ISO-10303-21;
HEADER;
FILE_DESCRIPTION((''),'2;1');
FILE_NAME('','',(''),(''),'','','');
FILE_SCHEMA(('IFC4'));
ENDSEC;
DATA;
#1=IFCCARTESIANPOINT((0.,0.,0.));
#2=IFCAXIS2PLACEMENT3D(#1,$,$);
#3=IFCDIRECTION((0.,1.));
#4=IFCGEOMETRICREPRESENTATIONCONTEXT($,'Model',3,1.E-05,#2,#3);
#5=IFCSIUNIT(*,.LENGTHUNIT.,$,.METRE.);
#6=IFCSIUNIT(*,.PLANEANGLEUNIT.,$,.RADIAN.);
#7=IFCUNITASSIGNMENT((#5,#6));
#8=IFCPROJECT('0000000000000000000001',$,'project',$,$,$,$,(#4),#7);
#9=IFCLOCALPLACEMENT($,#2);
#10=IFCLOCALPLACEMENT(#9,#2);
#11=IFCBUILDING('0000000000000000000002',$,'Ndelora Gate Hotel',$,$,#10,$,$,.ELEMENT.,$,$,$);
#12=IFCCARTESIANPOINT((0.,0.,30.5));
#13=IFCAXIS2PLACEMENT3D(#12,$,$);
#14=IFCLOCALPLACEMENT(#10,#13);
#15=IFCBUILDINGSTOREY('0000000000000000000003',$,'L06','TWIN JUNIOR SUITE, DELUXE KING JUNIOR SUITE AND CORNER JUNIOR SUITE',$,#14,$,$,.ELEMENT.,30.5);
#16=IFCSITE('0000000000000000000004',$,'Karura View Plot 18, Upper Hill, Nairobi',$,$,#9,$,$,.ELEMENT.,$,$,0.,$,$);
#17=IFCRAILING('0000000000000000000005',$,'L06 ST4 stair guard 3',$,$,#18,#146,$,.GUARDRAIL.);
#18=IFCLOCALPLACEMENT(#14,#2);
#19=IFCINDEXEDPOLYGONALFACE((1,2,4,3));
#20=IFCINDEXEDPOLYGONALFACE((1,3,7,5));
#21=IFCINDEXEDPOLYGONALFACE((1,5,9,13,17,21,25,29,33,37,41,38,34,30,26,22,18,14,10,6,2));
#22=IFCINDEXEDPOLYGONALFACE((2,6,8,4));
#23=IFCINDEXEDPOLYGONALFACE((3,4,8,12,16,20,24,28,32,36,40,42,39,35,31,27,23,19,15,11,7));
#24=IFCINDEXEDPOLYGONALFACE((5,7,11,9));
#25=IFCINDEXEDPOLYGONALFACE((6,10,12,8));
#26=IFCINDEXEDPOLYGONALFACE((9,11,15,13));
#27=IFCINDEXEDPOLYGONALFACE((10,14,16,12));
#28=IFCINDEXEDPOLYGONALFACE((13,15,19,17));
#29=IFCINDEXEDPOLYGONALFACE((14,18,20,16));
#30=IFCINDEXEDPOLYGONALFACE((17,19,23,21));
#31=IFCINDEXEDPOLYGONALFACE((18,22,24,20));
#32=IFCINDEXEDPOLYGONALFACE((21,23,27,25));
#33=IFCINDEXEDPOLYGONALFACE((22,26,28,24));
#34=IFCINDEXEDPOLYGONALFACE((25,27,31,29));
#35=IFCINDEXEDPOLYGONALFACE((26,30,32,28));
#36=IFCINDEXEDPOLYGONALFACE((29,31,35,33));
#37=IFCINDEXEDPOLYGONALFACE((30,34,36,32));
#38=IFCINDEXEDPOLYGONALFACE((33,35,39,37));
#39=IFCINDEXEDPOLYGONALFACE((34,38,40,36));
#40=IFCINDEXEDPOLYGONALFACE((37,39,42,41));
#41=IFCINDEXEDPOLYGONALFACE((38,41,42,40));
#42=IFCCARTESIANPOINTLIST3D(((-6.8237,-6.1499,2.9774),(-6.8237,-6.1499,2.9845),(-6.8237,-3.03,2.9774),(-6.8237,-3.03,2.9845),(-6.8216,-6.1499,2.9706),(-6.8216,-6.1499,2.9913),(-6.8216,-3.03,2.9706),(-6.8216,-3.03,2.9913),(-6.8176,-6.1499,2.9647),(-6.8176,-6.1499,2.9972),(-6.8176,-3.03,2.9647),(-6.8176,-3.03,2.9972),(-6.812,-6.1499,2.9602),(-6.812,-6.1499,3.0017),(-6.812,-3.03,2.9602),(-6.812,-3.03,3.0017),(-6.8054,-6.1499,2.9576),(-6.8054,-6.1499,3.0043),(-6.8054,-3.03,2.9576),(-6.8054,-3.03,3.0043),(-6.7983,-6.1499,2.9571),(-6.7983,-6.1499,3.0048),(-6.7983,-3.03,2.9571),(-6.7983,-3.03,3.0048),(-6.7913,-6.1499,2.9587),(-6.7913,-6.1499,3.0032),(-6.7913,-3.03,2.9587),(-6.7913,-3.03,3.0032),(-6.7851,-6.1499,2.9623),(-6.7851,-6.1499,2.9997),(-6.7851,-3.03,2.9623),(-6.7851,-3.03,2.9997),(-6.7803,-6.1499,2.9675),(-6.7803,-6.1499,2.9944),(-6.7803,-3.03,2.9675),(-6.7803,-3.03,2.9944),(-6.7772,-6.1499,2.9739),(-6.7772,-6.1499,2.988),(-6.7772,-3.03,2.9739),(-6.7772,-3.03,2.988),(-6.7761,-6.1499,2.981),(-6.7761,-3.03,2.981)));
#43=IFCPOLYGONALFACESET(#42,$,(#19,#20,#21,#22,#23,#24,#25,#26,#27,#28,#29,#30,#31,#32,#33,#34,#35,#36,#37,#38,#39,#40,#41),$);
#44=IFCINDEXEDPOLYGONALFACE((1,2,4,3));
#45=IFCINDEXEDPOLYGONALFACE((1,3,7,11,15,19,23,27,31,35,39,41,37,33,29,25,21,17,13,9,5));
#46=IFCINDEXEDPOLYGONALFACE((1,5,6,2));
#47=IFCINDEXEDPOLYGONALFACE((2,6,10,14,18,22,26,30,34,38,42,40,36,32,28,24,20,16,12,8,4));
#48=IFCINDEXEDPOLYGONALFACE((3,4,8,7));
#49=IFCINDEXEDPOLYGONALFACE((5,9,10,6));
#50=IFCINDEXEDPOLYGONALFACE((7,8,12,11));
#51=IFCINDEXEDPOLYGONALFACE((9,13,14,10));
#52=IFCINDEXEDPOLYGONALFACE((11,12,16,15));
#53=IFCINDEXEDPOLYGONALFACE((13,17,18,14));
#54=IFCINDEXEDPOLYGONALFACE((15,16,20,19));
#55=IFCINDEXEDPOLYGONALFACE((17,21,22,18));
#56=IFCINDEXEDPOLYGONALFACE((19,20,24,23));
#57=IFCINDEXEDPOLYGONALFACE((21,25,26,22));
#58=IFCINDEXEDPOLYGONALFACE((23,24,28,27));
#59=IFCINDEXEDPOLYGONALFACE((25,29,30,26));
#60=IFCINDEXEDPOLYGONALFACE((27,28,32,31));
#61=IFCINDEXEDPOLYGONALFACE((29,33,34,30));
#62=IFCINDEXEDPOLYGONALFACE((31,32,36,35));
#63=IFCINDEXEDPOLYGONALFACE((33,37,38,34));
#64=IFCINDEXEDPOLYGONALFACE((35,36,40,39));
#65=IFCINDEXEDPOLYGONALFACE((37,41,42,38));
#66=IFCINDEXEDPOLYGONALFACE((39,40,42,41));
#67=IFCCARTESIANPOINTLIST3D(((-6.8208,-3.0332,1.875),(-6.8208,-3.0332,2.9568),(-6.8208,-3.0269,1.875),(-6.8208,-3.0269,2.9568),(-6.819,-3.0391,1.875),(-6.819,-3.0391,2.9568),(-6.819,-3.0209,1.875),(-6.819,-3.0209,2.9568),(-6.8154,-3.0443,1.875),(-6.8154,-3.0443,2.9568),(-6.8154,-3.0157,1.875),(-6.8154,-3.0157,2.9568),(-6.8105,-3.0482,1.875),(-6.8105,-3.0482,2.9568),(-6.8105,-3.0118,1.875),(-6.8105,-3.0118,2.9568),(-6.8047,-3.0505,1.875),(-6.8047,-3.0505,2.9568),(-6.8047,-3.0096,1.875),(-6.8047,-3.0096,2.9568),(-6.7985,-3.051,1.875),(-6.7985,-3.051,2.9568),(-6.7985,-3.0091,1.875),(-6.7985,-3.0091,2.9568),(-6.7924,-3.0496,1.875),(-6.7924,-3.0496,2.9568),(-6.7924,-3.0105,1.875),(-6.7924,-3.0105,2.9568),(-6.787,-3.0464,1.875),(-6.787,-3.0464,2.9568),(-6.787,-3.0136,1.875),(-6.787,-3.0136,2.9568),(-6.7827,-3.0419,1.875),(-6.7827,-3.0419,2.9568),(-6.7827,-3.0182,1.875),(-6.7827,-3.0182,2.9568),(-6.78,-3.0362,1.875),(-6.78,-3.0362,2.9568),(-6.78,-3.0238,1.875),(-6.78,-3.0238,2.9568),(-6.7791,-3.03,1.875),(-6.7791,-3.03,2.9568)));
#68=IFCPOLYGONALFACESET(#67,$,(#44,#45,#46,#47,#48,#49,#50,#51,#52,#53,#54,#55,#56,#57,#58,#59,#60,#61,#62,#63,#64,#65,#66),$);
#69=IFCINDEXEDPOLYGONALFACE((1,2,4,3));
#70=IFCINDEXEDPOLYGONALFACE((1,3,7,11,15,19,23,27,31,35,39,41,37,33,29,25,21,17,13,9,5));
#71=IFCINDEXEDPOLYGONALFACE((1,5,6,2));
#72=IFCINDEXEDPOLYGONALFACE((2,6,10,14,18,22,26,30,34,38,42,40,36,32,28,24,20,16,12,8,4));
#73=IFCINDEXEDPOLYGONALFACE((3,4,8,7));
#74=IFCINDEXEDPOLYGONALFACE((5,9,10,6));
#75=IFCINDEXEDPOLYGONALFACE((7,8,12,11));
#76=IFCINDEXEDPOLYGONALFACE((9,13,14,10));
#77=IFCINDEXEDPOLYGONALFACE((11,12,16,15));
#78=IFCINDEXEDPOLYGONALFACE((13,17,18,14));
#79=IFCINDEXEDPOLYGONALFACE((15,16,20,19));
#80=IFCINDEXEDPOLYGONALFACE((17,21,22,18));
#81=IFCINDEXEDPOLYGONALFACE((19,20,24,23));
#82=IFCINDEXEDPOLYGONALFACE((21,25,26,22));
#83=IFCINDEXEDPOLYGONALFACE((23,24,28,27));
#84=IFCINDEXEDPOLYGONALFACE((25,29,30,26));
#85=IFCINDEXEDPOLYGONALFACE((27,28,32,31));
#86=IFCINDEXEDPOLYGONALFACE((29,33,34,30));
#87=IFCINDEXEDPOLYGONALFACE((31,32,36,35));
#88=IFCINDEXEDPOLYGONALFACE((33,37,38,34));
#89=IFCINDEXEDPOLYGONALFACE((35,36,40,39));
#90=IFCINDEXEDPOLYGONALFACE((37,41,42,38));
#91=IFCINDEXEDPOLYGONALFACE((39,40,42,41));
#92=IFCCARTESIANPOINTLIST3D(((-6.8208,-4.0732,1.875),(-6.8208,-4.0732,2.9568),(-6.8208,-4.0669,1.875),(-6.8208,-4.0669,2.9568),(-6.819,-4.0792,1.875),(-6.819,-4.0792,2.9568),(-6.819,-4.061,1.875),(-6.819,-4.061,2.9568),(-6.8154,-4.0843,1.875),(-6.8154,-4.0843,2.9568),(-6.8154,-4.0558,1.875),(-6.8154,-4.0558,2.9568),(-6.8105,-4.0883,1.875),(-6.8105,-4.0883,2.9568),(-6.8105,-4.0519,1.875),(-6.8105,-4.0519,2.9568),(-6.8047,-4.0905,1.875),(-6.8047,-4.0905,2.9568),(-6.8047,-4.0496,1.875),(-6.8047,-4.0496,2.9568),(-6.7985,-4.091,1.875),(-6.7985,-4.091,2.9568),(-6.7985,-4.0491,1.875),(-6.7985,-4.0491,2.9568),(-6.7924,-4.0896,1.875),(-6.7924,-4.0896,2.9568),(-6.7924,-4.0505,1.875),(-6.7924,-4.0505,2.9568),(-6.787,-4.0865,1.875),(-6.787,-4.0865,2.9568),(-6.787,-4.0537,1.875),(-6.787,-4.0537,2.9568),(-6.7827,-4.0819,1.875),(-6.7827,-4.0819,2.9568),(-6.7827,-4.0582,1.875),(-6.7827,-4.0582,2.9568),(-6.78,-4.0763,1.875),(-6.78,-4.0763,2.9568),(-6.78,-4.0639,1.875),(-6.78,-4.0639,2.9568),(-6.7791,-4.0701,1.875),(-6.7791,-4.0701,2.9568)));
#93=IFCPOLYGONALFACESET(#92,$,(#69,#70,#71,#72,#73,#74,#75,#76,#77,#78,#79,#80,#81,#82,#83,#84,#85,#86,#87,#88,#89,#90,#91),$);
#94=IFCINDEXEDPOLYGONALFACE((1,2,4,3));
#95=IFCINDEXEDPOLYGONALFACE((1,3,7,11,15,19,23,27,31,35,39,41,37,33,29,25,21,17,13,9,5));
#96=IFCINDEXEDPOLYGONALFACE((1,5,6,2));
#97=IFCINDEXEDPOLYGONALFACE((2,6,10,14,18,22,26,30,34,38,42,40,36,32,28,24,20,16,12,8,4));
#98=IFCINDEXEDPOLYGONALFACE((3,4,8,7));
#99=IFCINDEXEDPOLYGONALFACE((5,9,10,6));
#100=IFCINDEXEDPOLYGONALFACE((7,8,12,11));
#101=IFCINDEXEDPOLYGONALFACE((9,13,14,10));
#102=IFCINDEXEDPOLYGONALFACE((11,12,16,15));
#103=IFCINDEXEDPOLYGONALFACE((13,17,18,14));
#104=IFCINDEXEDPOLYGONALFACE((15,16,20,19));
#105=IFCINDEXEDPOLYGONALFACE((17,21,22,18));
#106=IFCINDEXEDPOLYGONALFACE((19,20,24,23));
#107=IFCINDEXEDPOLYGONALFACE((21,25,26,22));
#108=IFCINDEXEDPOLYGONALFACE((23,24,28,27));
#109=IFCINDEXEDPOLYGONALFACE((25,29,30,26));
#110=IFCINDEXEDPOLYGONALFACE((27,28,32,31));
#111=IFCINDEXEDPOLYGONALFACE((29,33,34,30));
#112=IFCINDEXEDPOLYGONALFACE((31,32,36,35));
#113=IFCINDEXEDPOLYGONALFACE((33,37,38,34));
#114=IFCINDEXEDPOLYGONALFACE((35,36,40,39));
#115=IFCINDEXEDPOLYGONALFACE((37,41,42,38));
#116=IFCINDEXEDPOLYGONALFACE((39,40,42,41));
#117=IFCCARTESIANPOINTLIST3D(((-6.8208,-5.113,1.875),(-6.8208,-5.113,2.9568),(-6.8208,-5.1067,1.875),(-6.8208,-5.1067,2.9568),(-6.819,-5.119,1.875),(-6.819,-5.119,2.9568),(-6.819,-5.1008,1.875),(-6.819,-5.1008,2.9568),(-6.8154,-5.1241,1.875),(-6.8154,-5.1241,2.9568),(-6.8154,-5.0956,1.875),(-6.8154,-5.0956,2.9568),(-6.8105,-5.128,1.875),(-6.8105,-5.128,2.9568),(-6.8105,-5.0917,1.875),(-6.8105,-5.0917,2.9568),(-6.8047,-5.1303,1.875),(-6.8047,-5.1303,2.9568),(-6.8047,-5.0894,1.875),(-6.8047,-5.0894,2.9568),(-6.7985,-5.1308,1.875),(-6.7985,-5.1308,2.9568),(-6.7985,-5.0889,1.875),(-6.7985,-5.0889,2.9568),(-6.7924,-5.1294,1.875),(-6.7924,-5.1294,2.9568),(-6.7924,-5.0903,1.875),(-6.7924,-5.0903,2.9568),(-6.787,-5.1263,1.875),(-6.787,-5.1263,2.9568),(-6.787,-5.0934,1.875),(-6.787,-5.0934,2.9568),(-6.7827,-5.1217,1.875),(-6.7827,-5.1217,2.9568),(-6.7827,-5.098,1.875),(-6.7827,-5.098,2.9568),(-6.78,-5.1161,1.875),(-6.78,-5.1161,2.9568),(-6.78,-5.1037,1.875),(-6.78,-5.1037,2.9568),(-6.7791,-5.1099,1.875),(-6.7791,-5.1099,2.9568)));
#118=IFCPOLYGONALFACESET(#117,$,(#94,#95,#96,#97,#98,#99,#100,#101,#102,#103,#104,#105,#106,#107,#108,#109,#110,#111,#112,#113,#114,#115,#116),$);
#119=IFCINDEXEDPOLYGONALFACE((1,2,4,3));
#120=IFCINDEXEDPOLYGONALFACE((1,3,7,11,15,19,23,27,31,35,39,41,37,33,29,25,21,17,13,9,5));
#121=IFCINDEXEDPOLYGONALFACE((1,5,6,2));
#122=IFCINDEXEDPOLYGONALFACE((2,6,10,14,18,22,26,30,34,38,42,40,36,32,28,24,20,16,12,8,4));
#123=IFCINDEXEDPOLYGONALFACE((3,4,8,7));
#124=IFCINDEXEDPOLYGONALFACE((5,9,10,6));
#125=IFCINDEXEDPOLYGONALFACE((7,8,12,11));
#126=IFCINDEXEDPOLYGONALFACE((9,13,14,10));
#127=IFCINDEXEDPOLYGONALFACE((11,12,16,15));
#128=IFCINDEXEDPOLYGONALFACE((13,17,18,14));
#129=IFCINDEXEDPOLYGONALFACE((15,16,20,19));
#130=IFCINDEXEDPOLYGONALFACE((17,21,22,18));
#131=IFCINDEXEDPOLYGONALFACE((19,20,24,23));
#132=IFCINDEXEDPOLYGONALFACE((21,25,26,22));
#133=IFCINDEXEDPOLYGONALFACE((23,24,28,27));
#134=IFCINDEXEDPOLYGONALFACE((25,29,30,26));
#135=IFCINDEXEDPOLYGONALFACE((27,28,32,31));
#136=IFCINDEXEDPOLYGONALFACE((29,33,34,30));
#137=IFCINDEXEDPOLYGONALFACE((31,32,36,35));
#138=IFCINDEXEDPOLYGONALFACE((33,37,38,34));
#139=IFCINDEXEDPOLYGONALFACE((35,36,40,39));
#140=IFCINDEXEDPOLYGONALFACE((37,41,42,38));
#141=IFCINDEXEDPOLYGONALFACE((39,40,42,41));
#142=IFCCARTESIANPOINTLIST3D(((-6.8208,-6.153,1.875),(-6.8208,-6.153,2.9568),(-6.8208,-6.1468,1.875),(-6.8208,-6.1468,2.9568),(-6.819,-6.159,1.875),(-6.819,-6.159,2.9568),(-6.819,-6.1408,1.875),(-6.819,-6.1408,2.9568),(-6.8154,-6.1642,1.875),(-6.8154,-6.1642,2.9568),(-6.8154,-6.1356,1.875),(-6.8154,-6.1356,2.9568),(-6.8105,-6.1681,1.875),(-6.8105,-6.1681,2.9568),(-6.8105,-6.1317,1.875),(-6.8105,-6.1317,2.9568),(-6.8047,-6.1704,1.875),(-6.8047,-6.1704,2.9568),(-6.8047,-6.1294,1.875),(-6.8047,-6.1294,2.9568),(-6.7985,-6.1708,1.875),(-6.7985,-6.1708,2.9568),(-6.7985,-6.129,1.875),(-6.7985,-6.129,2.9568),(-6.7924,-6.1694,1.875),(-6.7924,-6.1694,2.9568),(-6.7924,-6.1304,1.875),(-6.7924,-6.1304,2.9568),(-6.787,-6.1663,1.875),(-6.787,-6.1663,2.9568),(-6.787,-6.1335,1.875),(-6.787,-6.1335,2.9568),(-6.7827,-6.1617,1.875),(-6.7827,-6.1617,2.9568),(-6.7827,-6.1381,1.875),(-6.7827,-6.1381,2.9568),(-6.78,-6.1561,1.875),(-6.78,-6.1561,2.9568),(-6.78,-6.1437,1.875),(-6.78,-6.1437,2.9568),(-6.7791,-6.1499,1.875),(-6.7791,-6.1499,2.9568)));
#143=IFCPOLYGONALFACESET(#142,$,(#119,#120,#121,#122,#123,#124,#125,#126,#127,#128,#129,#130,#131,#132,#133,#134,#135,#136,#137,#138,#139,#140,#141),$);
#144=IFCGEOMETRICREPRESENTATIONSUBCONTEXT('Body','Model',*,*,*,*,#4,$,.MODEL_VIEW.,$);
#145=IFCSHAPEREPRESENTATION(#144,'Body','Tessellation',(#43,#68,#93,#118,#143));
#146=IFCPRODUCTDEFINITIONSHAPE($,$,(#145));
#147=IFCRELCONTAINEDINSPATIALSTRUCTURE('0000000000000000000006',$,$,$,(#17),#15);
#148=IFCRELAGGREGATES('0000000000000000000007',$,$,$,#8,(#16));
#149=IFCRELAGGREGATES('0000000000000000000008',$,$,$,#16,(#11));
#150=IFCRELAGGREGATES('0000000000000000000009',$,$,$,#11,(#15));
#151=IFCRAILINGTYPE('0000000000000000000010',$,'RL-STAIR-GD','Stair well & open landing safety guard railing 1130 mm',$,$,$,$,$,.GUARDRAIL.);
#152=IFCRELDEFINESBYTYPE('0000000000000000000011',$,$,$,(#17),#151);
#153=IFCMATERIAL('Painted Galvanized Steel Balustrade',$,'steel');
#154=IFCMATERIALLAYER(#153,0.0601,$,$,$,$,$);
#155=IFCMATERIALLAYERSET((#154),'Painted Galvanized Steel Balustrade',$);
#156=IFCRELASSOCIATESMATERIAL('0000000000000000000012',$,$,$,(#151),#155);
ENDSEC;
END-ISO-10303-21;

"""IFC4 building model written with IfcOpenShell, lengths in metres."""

from ifc_helpers import new_model, si_unit, direction, frame, origin, origin_2d, place, context, subcontext, project, spatial, circle, extrude, material, layer, layer_set, type_object, element, save


model = new_model("IFC4")

# Units and contexts
model_context = context("Model", 3, precision=1e-05, world=origin(), true_north=direction((0.0, 1.0)))
body_context = subcontext(model_context, "Body", "Model", "MODEL_VIEW")
ifc_project = project(units=[si_unit("LENGTHUNIT", "METRE"), si_unit("PLANEANGLEUNIT", "RADIAN")], contexts=[model_context])

# Site, building, storey
site_placement = place(None, origin())
site = spatial("IfcSite", under=ifc_project, at=site_placement, Name="Karura View Plot 18, Upper Hill, Nairobi", CompositionType="ELEMENT", RefElevation=0.0)
building_placement = place(site_placement, origin())
building = spatial("IfcBuilding", under=site, at=building_placement, Name="Ndelora Gate Hotel", CompositionType="ELEMENT")
storey_placement = place(building_placement, frame((0.0, 0.0, 30.5)))
storey = spatial("IfcBuildingStorey", under=building, at=storey_placement, Name="L06", Description="TWIN JUNIOR SUITE, DELUXE KING JUNIOR SUITE AND CORNER JUNIOR SUITE", CompositionType="ELEMENT", Elevation=30.5)

# Railing
ifc_material_1 = material(Name="Painted Galvanized Steel Balustrade", Category="steel")
ifc_layer_1 = layer(ifc_material_1, 0.0601)
ifc_layer_set_1 = layer_set([ifc_layer_1], Name="Painted Galvanized Steel Balustrade")
railing_type_1 = type_object("IfcRailingType", Name="RL-STAIR-GD", Description="Stair well & open landing safety guard railing 1130 mm", PredefinedType="GUARDRAIL", material=ifc_layer_set_1)
for number, where, name in (
    (1, (-6.8, -3.03, 1.875), "L06 ST4 stair guard 3"),
):
    element("IfcRailing", number, at=place(storey_placement, frame(where)), inside=storey, type_object=railing_type_1, Name=name, PredefinedType="GUARDRAIL", context=body_context, shape_type="SweptSolid", body=[
        extrude(circle(Radius=0.0239, at=origin_2d()), frame((0.0, 0.0, 1.106), z_axis=(0.0, -1.0, 0.0), x_axis=(1.0, 0.0, 0.0)), (0.0, 0.0, 1.0), 3.1199),
        extrude(circle(Radius=0.021, at=origin_2d()), origin(), (0.0, 0.0, 1.0), 1.0818),
        extrude(circle(Radius=0.021, at=origin_2d()), frame((0.0, -1.04, 0.0)), (0.0, 0.0, 1.0), 1.0818),
        extrude(circle(Radius=0.021, at=origin_2d()), frame((0.0, -2.0798, 0.0)), (0.0, 0.0, 1.0), 1.0818),
        extrude(circle(Radius=0.021, at=origin_2d()), frame((0.0, -3.1199, 0.0)), (0.0, 0.0, 1.0), 1.0818),
    ])

save(model, "model.ifc")
